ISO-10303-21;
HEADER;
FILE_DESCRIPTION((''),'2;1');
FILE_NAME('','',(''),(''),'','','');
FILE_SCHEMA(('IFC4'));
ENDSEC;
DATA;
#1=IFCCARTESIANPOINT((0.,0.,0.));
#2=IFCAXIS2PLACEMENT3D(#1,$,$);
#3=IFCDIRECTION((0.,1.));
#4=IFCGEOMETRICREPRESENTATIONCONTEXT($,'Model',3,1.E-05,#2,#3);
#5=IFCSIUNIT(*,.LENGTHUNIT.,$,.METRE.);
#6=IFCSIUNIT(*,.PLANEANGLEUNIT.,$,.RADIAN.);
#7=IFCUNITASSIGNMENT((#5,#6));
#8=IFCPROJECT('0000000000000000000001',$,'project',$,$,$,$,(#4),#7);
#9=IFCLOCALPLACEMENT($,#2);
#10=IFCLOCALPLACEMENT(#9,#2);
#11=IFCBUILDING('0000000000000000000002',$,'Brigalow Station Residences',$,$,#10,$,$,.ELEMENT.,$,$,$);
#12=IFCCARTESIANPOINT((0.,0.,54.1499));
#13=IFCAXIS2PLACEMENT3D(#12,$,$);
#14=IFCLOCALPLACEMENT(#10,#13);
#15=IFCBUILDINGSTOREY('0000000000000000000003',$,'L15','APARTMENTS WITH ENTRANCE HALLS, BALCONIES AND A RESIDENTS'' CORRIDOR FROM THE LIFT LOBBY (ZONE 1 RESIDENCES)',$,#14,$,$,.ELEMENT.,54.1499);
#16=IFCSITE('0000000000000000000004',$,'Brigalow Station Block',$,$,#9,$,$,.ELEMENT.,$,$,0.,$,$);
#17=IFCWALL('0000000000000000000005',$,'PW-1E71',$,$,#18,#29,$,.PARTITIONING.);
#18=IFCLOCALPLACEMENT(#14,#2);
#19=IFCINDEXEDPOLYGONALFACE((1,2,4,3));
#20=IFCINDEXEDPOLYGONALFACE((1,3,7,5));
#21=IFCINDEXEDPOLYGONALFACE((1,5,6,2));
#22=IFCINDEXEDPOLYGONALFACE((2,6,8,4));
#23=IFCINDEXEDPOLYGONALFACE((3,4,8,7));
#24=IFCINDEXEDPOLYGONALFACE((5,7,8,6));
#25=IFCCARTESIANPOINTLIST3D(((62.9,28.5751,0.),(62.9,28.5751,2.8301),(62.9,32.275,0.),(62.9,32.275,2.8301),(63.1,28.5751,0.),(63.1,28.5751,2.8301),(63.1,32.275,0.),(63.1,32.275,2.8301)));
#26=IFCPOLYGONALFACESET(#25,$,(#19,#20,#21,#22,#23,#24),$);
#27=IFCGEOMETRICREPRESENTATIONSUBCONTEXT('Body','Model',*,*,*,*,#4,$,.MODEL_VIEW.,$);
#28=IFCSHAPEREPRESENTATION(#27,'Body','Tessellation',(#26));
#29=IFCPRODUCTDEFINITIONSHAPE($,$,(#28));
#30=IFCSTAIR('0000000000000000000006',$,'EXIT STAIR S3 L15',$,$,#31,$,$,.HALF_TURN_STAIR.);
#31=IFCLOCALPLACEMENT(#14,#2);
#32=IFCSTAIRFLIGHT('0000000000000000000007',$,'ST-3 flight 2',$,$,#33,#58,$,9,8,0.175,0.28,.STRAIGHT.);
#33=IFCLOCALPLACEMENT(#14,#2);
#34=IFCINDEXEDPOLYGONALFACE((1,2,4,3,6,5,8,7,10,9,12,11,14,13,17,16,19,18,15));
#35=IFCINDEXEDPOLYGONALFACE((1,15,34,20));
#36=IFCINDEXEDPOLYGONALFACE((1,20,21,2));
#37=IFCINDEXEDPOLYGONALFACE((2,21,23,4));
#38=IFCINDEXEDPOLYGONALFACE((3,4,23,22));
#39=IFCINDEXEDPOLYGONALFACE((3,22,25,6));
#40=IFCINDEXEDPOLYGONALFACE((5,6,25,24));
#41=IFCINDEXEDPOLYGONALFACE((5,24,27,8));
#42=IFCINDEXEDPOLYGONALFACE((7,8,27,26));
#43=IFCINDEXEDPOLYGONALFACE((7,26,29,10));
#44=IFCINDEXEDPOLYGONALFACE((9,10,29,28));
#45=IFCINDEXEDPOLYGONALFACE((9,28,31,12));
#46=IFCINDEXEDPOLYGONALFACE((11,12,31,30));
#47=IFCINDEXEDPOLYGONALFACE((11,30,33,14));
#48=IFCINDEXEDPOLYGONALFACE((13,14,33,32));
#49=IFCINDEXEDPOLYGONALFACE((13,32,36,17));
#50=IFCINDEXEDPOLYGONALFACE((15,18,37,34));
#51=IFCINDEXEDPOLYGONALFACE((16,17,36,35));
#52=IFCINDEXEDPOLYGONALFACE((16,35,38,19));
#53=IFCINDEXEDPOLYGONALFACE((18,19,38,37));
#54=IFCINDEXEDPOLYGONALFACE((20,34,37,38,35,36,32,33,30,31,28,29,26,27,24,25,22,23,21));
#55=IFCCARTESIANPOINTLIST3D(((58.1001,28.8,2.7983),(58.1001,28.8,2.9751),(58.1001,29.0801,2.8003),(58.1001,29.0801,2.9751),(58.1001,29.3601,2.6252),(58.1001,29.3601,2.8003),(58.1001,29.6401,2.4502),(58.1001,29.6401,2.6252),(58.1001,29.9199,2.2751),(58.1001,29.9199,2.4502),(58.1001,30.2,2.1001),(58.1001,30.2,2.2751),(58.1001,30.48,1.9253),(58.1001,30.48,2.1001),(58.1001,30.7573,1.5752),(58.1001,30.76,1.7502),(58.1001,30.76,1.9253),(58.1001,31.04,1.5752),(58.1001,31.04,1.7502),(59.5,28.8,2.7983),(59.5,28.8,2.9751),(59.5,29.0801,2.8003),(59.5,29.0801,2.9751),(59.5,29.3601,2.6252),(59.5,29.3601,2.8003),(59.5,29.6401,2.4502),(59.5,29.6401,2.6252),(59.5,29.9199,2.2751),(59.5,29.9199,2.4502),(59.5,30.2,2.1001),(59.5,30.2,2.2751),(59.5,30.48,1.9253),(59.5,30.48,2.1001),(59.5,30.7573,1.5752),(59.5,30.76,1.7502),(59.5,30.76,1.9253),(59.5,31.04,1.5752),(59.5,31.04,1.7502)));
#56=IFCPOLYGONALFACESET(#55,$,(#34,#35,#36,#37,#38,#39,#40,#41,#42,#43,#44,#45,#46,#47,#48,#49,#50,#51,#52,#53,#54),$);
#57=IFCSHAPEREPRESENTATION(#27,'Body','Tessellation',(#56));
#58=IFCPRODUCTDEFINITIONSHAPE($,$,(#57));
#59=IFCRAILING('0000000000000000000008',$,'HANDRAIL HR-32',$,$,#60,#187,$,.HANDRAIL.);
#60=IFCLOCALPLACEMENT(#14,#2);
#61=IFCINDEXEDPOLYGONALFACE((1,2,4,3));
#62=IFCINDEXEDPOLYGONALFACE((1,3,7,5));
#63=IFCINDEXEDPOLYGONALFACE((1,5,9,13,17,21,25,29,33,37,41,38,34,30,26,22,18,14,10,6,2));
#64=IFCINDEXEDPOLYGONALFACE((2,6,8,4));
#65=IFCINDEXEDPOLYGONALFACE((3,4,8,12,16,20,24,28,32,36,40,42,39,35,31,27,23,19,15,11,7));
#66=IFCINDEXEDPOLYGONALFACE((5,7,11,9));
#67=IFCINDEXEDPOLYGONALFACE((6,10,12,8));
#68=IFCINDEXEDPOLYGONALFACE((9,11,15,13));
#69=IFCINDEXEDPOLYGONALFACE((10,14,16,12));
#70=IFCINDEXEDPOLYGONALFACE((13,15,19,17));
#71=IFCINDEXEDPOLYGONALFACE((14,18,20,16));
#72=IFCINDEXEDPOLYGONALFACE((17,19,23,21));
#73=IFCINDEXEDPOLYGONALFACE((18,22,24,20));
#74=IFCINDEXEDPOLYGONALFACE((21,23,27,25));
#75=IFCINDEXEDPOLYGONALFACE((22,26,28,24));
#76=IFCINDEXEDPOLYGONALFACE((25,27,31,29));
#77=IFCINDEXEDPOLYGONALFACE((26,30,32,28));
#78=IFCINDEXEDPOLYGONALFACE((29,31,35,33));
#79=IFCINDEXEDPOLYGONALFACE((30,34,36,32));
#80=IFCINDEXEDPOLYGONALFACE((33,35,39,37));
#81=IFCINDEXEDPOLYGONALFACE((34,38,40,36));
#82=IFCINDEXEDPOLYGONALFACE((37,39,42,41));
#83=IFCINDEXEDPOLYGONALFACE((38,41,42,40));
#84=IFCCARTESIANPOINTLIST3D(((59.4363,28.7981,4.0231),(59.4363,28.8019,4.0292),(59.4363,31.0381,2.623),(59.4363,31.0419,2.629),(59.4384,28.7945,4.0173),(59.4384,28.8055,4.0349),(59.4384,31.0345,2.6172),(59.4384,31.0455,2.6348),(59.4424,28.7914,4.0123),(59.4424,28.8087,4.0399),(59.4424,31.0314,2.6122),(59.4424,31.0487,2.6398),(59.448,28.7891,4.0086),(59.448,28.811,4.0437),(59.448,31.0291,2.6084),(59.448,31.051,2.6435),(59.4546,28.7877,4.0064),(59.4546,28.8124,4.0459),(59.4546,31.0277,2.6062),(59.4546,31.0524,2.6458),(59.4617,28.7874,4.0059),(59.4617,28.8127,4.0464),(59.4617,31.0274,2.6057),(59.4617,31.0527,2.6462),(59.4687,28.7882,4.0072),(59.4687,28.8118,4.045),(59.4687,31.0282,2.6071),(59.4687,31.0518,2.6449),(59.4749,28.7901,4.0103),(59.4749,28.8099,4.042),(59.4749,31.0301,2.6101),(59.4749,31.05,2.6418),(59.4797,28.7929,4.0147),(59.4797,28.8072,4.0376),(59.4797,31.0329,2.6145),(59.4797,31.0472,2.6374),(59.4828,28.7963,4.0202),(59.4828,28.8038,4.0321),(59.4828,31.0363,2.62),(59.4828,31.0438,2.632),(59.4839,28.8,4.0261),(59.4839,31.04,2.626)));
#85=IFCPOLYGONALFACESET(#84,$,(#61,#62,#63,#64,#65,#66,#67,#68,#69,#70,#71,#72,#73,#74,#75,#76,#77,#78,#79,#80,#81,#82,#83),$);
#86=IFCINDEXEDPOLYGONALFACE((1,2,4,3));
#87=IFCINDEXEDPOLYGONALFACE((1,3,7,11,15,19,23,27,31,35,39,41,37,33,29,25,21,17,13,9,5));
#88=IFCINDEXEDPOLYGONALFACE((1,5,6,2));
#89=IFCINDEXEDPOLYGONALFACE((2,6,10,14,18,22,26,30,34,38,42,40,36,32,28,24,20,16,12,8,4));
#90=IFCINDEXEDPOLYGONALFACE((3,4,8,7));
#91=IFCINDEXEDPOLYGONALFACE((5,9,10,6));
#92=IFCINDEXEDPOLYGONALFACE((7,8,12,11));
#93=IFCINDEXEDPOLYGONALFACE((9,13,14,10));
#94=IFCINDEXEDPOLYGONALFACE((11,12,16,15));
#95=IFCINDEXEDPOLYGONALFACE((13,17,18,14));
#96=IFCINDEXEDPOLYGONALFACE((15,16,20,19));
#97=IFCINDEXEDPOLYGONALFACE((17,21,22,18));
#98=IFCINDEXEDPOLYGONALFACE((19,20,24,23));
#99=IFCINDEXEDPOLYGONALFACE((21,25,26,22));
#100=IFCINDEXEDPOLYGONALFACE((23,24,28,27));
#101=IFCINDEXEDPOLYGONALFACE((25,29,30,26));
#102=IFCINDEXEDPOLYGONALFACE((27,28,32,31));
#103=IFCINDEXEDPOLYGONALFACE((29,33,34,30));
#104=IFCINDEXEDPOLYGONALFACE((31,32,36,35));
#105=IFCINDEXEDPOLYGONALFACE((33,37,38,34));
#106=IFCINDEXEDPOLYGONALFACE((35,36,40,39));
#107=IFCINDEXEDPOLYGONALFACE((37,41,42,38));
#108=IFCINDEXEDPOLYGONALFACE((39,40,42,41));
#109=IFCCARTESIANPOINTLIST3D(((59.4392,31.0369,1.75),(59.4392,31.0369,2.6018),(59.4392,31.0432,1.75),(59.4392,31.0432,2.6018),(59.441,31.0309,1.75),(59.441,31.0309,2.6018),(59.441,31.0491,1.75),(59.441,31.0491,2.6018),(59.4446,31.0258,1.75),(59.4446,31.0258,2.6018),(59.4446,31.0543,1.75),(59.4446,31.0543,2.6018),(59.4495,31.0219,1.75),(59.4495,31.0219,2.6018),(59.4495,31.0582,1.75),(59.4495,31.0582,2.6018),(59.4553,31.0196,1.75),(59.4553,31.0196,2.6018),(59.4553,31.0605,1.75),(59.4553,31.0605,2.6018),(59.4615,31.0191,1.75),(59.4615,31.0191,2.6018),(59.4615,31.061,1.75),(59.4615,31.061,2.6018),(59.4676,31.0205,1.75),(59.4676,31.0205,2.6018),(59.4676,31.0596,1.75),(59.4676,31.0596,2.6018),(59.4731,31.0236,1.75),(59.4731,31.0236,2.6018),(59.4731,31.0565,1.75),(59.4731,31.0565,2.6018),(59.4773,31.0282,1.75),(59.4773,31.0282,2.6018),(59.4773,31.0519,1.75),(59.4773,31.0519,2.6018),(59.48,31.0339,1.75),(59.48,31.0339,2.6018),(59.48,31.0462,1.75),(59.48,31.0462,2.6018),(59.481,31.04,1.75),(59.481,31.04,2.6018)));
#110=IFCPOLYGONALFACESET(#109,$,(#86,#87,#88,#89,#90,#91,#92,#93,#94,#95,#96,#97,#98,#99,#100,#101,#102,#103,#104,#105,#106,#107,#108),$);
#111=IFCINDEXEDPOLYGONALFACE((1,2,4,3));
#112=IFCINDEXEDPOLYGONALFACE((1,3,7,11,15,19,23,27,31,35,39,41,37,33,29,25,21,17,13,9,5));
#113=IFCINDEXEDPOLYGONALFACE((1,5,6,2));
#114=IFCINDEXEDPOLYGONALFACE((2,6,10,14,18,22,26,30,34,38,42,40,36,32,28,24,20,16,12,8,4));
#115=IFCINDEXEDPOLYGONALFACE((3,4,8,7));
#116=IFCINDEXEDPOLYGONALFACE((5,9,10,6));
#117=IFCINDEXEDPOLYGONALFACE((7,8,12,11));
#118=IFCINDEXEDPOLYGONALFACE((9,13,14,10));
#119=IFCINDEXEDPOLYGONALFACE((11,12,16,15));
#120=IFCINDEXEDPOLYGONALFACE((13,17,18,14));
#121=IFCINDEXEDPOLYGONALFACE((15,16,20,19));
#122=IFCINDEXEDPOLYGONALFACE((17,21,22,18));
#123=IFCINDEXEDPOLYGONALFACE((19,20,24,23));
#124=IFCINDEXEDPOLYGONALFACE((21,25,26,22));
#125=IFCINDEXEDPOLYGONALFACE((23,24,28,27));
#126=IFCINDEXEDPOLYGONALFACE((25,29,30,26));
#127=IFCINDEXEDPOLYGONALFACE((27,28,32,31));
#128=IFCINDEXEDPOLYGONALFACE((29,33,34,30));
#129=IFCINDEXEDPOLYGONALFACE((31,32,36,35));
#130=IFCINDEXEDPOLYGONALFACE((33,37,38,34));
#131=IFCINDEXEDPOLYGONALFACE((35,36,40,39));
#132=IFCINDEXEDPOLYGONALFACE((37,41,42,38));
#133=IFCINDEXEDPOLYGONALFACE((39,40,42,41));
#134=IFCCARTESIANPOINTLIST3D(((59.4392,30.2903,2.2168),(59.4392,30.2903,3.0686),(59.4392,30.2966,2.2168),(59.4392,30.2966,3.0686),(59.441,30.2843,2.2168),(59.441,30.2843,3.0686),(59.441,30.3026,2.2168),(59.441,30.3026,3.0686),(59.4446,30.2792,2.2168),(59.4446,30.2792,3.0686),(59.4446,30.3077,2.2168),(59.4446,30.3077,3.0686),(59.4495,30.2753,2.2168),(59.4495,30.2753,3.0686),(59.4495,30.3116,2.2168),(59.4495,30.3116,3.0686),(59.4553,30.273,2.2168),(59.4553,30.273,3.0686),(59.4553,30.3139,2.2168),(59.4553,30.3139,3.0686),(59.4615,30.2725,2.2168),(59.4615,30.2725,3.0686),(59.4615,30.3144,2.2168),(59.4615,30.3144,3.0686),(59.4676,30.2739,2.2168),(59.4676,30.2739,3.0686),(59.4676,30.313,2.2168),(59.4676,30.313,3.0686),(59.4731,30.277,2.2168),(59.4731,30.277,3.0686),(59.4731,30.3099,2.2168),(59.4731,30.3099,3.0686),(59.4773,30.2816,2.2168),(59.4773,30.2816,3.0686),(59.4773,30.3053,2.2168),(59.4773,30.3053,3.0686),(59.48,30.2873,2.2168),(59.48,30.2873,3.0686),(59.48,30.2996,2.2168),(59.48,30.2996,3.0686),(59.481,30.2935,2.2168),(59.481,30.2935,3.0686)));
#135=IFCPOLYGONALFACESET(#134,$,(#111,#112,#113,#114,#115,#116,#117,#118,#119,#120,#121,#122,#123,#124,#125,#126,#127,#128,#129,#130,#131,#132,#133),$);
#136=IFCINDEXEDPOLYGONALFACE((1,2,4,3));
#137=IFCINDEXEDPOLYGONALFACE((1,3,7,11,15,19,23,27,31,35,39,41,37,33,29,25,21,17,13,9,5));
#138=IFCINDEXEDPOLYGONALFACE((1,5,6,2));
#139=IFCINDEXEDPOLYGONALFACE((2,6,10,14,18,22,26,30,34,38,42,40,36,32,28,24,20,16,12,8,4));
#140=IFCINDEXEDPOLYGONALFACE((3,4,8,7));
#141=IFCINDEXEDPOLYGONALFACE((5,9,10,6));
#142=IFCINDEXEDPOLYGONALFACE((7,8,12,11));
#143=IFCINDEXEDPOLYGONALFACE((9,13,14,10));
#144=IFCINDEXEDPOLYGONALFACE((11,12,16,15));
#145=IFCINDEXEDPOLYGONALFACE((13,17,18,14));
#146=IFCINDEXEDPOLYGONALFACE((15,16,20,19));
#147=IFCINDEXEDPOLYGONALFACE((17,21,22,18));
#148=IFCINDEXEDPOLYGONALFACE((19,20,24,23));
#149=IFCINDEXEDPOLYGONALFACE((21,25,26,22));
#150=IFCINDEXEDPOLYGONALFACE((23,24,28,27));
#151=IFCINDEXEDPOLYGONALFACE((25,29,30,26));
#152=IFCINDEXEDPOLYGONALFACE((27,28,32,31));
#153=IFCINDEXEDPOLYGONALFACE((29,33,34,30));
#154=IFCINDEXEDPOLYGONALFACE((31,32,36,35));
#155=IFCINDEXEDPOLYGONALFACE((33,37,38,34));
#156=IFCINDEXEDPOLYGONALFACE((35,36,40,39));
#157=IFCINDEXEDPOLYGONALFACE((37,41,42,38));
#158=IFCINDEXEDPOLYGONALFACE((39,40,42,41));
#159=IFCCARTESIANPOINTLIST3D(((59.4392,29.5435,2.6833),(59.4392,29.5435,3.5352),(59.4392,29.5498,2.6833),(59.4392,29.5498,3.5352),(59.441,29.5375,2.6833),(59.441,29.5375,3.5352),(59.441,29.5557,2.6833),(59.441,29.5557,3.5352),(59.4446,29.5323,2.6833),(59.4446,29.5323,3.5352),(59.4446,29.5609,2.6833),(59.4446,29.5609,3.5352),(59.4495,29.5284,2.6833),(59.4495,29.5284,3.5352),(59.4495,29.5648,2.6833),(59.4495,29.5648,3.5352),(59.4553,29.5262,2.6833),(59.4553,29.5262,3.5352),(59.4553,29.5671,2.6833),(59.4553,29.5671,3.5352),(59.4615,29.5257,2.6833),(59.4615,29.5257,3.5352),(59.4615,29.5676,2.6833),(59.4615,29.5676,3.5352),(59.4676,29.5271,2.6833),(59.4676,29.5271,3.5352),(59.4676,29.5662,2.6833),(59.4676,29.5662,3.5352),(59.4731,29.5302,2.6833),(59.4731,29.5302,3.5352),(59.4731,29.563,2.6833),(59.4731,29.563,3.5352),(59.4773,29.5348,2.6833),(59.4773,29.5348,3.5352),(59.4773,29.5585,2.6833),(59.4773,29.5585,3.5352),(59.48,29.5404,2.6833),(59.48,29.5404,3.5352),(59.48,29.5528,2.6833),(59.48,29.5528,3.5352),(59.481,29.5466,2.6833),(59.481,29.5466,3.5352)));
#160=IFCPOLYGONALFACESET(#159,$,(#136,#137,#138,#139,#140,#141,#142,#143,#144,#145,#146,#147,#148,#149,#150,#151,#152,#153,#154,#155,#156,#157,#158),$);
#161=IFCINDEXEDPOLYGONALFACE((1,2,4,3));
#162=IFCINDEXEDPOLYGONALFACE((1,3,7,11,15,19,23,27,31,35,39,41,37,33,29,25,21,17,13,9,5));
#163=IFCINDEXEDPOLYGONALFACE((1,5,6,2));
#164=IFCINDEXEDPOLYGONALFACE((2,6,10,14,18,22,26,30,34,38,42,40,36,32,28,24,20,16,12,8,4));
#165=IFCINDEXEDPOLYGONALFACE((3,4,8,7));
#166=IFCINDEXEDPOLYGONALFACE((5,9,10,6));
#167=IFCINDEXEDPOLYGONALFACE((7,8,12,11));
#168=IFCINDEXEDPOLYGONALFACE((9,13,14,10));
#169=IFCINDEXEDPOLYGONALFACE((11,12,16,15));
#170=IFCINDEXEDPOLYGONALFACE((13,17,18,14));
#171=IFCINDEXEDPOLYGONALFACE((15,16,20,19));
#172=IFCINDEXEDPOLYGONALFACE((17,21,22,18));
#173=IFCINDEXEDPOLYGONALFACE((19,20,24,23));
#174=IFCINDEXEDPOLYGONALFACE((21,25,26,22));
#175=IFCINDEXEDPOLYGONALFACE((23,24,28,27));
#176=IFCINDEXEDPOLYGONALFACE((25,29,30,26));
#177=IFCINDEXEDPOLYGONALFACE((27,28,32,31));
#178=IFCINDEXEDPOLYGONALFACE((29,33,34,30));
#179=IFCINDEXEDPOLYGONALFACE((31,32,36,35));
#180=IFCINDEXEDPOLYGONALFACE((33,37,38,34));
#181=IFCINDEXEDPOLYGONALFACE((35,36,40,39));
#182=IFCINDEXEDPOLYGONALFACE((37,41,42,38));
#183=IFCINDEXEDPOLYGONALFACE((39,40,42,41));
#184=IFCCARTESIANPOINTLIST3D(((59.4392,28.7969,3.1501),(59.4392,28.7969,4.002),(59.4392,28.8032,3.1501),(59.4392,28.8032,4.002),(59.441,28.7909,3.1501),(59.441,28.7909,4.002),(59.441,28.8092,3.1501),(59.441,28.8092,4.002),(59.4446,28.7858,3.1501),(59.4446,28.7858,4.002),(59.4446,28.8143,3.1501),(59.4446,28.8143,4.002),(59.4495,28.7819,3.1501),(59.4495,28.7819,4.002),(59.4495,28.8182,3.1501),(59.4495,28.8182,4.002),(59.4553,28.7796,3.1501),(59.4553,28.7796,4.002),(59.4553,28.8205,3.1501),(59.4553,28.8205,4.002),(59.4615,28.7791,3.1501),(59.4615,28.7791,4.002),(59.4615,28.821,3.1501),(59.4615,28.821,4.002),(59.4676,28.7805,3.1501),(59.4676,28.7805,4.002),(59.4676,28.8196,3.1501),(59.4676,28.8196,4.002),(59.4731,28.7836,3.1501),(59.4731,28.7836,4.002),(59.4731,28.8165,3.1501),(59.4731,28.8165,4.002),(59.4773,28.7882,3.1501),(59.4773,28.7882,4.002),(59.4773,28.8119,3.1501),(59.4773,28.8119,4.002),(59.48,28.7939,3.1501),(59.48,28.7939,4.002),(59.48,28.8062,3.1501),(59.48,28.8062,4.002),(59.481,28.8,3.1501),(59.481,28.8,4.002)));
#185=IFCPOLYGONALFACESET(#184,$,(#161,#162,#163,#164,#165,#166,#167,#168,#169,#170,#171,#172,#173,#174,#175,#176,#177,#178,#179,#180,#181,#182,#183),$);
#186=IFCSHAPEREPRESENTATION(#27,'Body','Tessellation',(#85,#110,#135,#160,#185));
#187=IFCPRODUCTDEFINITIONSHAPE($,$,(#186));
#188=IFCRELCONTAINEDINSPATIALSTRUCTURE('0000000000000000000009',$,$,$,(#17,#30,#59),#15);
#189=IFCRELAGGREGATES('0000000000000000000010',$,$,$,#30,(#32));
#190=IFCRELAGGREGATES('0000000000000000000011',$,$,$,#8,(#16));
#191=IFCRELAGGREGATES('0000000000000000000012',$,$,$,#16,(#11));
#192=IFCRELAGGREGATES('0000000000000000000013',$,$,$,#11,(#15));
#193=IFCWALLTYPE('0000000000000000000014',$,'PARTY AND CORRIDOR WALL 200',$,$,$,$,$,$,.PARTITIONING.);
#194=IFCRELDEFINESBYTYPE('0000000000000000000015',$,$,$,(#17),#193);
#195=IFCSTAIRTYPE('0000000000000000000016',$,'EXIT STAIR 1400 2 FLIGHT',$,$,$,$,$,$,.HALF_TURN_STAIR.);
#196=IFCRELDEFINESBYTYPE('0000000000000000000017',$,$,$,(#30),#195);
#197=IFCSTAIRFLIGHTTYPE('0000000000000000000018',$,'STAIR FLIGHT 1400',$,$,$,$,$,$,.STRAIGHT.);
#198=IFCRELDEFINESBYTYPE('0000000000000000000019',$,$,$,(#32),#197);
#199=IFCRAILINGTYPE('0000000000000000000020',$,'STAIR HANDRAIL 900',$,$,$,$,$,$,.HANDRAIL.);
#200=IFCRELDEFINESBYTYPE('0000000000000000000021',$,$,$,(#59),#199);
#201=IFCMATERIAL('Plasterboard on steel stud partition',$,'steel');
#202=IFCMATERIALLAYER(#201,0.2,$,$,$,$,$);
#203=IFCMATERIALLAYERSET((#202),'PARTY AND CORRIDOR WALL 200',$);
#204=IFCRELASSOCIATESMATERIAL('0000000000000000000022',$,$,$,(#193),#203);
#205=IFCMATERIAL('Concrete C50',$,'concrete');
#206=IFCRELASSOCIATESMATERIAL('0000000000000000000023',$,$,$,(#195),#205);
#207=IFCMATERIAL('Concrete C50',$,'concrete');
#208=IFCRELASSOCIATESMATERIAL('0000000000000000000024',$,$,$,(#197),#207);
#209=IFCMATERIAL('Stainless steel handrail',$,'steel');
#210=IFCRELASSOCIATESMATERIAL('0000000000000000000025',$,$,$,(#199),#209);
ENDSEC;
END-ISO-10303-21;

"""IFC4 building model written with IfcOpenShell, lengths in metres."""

from ifc_helpers import new_model, si_unit, direction, frame, frame_2d, origin, origin_2d, place, context, subcontext, project, spatial, polyline, rectangle, circle, outline, extrude, material, layer, layer_set, type_object, element, aggregate, save


model = new_model("IFC4")

# Units and contexts
model_context = context("Model", 3, precision=1e-05, world=origin(), true_north=direction((0.0, 1.0)))
body_context = subcontext(model_context, "Body", "Model", "MODEL_VIEW")
ifc_project = project(units=[si_unit("LENGTHUNIT", "METRE"), si_unit("PLANEANGLEUNIT", "RADIAN")], contexts=[model_context])

# Site, building, storey
site_placement = place(None, origin())
site = spatial("IfcSite", under=ifc_project, at=site_placement, Name="Brigalow Station Block", CompositionType="ELEMENT", RefElevation=0.0)
building_placement = place(site_placement, origin())
building = spatial("IfcBuilding", under=site, at=building_placement, Name="Brigalow Station Residences", CompositionType="ELEMENT")
storey_placement = place(building_placement, frame((0.0, 0.0, 54.1499)))
storey = spatial("IfcBuildingStorey", under=building, at=storey_placement, Name="L15", Description="APARTMENTS WITH ENTRANCE HALLS, BALCONIES AND A RESIDENTS' CORRIDOR FROM THE LIFT LOBBY (ZONE 1 RESIDENCES)", CompositionType="ELEMENT", Elevation=54.1499)

# Wall
ifc_material_1 = material(Name="Plasterboard on steel stud partition", Category="steel")
ifc_layer_1 = layer(ifc_material_1, 0.2)
ifc_layer_set_1 = layer_set([ifc_layer_1], Name="PARTY AND CORRIDOR WALL 200")
wall_type_1 = type_object("IfcWallType", Name="PARTY AND CORRIDOR WALL 200", PredefinedType="PARTITIONING", material=ifc_layer_set_1)
wall_1_placement = place(storey_placement, frame((63.0, 28.575, 0.0), z_axis=(0.0, 0.0, 1.0), x_axis=(0.0, 1.0, 0.0)))
element("IfcWall", 1, at=wall_1_placement, inside=storey, type_object=wall_type_1, Name="PW-1E71", PredefinedType="PARTITIONING", context=body_context, shape_type="SweptSolid", body=[
    extrude(rectangle(XDim=3.7, YDim=0.2, at=frame_2d((1.8501, 0.0))), origin(), (0.0, 0.0, 1.0), 2.8301),
])

# Stair, stair flight
ifc_material_2 = material(Name="Concrete C50", Category="concrete")
stair_type = type_object("IfcStairType", Name="EXIT STAIR 1400 2 FLIGHT", PredefinedType="HALF_TURN_STAIR", material=ifc_material_2)
stair_placement = place(storey_placement, origin())
stair = element("IfcStair", 2, at=stair_placement, inside=storey, type_object=stair_type, Name="EXIT STAIR S3 L15", PredefinedType="HALF_TURN_STAIR")
ifc_material_3 = material(Name="Concrete C50", Category="concrete")
stair_flight_type = type_object("IfcStairFlightType", Name="STAIR FLIGHT 1400", PredefinedType="STRAIGHT", material=ifc_material_3)
stair_flight_placement = place(storey_placement, frame((58.8, 31.04, 1.5752), z_axis=(0.0, 0.0, 1.0), x_axis=(0.0, -1.0, 0.0)))
stair_flight = element("IfcStairFlight", 3, at=stair_flight_placement, type_object=stair_flight_type, Name="ST-3 flight 2", NumberOfRisers=9, NumberOfTreads=8, PredefinedType="STRAIGHT", RiserHeight=0.175, TreadLength=0.28, context=body_context, shape_type="SweptSolid", body=[
    extrude(outline(polyline([(0.0, 0.0), (0.0, 0.175), (0.28, 0.175), (0.28, 0.3501), (0.5601, 0.3501), (0.5601, 0.5249), (0.8401, 0.5249), (0.8401, 0.7), (1.1201, 0.7), (1.1201, 0.875), (1.3999, 0.875), (1.3999, 1.05), (1.6799, 1.05), (1.6799, 1.2251), (1.96, 1.2251), (1.96, 1.3999), (2.24, 1.3999), (2.24, 1.575), (2.24, 1.2231), (0.2827, 0.0), (0.0, 0.0)])), frame((0.0, 0.7, 0.0), z_axis=(0.0, -1.0, 0.0), x_axis=(1.0, 0.0, 0.0)), (0.0, 0.0, 1.0), 1.3999),
])
aggregate(stair, [stair_flight])

# Railing
ifc_material_4 = material(Name="Stainless steel handrail", Category="steel")
railing_type_1 = type_object("IfcRailingType", Name="STAIR HANDRAIL 900", PredefinedType="HANDRAIL", material=ifc_material_4)
railing_1_placement = place(storey_placement, frame((59.46, 31.04, 1.75)))
element("IfcRailing", 4, at=railing_1_placement, inside=storey, type_object=railing_type_1, Name="HANDRAIL HR-32", PredefinedType="HANDRAIL", context=body_context, shape_type="SweptSolid", body=[
    extrude(circle(Radius=0.0239, at=origin_2d()), frame((0.0, 0.0, 0.876), z_axis=(0.0, -0.847972, 0.53004), x_axis=(1.0, 0.0, 0.0)), (0.0, 0.0, 1.0), 2.6416),
    extrude(circle(Radius=0.021, at=origin_2d()), origin(), (0.0, 0.0, 1.0), 0.8518),
    extrude(circle(Radius=0.021, at=origin_2d()), frame((0.0, -0.7466, 0.4668)), (0.0, 0.0, 1.0), 0.8518),
    extrude(circle(Radius=0.021, at=origin_2d()), frame((0.0, -1.4934, 0.9333)), (0.0, 0.0, 1.0), 0.8518),
    extrude(circle(Radius=0.021, at=origin_2d()), frame((0.0, -2.24, 1.4001)), (0.0, 0.0, 1.0), 0.8518),
])

save(model, "model.ifc")
